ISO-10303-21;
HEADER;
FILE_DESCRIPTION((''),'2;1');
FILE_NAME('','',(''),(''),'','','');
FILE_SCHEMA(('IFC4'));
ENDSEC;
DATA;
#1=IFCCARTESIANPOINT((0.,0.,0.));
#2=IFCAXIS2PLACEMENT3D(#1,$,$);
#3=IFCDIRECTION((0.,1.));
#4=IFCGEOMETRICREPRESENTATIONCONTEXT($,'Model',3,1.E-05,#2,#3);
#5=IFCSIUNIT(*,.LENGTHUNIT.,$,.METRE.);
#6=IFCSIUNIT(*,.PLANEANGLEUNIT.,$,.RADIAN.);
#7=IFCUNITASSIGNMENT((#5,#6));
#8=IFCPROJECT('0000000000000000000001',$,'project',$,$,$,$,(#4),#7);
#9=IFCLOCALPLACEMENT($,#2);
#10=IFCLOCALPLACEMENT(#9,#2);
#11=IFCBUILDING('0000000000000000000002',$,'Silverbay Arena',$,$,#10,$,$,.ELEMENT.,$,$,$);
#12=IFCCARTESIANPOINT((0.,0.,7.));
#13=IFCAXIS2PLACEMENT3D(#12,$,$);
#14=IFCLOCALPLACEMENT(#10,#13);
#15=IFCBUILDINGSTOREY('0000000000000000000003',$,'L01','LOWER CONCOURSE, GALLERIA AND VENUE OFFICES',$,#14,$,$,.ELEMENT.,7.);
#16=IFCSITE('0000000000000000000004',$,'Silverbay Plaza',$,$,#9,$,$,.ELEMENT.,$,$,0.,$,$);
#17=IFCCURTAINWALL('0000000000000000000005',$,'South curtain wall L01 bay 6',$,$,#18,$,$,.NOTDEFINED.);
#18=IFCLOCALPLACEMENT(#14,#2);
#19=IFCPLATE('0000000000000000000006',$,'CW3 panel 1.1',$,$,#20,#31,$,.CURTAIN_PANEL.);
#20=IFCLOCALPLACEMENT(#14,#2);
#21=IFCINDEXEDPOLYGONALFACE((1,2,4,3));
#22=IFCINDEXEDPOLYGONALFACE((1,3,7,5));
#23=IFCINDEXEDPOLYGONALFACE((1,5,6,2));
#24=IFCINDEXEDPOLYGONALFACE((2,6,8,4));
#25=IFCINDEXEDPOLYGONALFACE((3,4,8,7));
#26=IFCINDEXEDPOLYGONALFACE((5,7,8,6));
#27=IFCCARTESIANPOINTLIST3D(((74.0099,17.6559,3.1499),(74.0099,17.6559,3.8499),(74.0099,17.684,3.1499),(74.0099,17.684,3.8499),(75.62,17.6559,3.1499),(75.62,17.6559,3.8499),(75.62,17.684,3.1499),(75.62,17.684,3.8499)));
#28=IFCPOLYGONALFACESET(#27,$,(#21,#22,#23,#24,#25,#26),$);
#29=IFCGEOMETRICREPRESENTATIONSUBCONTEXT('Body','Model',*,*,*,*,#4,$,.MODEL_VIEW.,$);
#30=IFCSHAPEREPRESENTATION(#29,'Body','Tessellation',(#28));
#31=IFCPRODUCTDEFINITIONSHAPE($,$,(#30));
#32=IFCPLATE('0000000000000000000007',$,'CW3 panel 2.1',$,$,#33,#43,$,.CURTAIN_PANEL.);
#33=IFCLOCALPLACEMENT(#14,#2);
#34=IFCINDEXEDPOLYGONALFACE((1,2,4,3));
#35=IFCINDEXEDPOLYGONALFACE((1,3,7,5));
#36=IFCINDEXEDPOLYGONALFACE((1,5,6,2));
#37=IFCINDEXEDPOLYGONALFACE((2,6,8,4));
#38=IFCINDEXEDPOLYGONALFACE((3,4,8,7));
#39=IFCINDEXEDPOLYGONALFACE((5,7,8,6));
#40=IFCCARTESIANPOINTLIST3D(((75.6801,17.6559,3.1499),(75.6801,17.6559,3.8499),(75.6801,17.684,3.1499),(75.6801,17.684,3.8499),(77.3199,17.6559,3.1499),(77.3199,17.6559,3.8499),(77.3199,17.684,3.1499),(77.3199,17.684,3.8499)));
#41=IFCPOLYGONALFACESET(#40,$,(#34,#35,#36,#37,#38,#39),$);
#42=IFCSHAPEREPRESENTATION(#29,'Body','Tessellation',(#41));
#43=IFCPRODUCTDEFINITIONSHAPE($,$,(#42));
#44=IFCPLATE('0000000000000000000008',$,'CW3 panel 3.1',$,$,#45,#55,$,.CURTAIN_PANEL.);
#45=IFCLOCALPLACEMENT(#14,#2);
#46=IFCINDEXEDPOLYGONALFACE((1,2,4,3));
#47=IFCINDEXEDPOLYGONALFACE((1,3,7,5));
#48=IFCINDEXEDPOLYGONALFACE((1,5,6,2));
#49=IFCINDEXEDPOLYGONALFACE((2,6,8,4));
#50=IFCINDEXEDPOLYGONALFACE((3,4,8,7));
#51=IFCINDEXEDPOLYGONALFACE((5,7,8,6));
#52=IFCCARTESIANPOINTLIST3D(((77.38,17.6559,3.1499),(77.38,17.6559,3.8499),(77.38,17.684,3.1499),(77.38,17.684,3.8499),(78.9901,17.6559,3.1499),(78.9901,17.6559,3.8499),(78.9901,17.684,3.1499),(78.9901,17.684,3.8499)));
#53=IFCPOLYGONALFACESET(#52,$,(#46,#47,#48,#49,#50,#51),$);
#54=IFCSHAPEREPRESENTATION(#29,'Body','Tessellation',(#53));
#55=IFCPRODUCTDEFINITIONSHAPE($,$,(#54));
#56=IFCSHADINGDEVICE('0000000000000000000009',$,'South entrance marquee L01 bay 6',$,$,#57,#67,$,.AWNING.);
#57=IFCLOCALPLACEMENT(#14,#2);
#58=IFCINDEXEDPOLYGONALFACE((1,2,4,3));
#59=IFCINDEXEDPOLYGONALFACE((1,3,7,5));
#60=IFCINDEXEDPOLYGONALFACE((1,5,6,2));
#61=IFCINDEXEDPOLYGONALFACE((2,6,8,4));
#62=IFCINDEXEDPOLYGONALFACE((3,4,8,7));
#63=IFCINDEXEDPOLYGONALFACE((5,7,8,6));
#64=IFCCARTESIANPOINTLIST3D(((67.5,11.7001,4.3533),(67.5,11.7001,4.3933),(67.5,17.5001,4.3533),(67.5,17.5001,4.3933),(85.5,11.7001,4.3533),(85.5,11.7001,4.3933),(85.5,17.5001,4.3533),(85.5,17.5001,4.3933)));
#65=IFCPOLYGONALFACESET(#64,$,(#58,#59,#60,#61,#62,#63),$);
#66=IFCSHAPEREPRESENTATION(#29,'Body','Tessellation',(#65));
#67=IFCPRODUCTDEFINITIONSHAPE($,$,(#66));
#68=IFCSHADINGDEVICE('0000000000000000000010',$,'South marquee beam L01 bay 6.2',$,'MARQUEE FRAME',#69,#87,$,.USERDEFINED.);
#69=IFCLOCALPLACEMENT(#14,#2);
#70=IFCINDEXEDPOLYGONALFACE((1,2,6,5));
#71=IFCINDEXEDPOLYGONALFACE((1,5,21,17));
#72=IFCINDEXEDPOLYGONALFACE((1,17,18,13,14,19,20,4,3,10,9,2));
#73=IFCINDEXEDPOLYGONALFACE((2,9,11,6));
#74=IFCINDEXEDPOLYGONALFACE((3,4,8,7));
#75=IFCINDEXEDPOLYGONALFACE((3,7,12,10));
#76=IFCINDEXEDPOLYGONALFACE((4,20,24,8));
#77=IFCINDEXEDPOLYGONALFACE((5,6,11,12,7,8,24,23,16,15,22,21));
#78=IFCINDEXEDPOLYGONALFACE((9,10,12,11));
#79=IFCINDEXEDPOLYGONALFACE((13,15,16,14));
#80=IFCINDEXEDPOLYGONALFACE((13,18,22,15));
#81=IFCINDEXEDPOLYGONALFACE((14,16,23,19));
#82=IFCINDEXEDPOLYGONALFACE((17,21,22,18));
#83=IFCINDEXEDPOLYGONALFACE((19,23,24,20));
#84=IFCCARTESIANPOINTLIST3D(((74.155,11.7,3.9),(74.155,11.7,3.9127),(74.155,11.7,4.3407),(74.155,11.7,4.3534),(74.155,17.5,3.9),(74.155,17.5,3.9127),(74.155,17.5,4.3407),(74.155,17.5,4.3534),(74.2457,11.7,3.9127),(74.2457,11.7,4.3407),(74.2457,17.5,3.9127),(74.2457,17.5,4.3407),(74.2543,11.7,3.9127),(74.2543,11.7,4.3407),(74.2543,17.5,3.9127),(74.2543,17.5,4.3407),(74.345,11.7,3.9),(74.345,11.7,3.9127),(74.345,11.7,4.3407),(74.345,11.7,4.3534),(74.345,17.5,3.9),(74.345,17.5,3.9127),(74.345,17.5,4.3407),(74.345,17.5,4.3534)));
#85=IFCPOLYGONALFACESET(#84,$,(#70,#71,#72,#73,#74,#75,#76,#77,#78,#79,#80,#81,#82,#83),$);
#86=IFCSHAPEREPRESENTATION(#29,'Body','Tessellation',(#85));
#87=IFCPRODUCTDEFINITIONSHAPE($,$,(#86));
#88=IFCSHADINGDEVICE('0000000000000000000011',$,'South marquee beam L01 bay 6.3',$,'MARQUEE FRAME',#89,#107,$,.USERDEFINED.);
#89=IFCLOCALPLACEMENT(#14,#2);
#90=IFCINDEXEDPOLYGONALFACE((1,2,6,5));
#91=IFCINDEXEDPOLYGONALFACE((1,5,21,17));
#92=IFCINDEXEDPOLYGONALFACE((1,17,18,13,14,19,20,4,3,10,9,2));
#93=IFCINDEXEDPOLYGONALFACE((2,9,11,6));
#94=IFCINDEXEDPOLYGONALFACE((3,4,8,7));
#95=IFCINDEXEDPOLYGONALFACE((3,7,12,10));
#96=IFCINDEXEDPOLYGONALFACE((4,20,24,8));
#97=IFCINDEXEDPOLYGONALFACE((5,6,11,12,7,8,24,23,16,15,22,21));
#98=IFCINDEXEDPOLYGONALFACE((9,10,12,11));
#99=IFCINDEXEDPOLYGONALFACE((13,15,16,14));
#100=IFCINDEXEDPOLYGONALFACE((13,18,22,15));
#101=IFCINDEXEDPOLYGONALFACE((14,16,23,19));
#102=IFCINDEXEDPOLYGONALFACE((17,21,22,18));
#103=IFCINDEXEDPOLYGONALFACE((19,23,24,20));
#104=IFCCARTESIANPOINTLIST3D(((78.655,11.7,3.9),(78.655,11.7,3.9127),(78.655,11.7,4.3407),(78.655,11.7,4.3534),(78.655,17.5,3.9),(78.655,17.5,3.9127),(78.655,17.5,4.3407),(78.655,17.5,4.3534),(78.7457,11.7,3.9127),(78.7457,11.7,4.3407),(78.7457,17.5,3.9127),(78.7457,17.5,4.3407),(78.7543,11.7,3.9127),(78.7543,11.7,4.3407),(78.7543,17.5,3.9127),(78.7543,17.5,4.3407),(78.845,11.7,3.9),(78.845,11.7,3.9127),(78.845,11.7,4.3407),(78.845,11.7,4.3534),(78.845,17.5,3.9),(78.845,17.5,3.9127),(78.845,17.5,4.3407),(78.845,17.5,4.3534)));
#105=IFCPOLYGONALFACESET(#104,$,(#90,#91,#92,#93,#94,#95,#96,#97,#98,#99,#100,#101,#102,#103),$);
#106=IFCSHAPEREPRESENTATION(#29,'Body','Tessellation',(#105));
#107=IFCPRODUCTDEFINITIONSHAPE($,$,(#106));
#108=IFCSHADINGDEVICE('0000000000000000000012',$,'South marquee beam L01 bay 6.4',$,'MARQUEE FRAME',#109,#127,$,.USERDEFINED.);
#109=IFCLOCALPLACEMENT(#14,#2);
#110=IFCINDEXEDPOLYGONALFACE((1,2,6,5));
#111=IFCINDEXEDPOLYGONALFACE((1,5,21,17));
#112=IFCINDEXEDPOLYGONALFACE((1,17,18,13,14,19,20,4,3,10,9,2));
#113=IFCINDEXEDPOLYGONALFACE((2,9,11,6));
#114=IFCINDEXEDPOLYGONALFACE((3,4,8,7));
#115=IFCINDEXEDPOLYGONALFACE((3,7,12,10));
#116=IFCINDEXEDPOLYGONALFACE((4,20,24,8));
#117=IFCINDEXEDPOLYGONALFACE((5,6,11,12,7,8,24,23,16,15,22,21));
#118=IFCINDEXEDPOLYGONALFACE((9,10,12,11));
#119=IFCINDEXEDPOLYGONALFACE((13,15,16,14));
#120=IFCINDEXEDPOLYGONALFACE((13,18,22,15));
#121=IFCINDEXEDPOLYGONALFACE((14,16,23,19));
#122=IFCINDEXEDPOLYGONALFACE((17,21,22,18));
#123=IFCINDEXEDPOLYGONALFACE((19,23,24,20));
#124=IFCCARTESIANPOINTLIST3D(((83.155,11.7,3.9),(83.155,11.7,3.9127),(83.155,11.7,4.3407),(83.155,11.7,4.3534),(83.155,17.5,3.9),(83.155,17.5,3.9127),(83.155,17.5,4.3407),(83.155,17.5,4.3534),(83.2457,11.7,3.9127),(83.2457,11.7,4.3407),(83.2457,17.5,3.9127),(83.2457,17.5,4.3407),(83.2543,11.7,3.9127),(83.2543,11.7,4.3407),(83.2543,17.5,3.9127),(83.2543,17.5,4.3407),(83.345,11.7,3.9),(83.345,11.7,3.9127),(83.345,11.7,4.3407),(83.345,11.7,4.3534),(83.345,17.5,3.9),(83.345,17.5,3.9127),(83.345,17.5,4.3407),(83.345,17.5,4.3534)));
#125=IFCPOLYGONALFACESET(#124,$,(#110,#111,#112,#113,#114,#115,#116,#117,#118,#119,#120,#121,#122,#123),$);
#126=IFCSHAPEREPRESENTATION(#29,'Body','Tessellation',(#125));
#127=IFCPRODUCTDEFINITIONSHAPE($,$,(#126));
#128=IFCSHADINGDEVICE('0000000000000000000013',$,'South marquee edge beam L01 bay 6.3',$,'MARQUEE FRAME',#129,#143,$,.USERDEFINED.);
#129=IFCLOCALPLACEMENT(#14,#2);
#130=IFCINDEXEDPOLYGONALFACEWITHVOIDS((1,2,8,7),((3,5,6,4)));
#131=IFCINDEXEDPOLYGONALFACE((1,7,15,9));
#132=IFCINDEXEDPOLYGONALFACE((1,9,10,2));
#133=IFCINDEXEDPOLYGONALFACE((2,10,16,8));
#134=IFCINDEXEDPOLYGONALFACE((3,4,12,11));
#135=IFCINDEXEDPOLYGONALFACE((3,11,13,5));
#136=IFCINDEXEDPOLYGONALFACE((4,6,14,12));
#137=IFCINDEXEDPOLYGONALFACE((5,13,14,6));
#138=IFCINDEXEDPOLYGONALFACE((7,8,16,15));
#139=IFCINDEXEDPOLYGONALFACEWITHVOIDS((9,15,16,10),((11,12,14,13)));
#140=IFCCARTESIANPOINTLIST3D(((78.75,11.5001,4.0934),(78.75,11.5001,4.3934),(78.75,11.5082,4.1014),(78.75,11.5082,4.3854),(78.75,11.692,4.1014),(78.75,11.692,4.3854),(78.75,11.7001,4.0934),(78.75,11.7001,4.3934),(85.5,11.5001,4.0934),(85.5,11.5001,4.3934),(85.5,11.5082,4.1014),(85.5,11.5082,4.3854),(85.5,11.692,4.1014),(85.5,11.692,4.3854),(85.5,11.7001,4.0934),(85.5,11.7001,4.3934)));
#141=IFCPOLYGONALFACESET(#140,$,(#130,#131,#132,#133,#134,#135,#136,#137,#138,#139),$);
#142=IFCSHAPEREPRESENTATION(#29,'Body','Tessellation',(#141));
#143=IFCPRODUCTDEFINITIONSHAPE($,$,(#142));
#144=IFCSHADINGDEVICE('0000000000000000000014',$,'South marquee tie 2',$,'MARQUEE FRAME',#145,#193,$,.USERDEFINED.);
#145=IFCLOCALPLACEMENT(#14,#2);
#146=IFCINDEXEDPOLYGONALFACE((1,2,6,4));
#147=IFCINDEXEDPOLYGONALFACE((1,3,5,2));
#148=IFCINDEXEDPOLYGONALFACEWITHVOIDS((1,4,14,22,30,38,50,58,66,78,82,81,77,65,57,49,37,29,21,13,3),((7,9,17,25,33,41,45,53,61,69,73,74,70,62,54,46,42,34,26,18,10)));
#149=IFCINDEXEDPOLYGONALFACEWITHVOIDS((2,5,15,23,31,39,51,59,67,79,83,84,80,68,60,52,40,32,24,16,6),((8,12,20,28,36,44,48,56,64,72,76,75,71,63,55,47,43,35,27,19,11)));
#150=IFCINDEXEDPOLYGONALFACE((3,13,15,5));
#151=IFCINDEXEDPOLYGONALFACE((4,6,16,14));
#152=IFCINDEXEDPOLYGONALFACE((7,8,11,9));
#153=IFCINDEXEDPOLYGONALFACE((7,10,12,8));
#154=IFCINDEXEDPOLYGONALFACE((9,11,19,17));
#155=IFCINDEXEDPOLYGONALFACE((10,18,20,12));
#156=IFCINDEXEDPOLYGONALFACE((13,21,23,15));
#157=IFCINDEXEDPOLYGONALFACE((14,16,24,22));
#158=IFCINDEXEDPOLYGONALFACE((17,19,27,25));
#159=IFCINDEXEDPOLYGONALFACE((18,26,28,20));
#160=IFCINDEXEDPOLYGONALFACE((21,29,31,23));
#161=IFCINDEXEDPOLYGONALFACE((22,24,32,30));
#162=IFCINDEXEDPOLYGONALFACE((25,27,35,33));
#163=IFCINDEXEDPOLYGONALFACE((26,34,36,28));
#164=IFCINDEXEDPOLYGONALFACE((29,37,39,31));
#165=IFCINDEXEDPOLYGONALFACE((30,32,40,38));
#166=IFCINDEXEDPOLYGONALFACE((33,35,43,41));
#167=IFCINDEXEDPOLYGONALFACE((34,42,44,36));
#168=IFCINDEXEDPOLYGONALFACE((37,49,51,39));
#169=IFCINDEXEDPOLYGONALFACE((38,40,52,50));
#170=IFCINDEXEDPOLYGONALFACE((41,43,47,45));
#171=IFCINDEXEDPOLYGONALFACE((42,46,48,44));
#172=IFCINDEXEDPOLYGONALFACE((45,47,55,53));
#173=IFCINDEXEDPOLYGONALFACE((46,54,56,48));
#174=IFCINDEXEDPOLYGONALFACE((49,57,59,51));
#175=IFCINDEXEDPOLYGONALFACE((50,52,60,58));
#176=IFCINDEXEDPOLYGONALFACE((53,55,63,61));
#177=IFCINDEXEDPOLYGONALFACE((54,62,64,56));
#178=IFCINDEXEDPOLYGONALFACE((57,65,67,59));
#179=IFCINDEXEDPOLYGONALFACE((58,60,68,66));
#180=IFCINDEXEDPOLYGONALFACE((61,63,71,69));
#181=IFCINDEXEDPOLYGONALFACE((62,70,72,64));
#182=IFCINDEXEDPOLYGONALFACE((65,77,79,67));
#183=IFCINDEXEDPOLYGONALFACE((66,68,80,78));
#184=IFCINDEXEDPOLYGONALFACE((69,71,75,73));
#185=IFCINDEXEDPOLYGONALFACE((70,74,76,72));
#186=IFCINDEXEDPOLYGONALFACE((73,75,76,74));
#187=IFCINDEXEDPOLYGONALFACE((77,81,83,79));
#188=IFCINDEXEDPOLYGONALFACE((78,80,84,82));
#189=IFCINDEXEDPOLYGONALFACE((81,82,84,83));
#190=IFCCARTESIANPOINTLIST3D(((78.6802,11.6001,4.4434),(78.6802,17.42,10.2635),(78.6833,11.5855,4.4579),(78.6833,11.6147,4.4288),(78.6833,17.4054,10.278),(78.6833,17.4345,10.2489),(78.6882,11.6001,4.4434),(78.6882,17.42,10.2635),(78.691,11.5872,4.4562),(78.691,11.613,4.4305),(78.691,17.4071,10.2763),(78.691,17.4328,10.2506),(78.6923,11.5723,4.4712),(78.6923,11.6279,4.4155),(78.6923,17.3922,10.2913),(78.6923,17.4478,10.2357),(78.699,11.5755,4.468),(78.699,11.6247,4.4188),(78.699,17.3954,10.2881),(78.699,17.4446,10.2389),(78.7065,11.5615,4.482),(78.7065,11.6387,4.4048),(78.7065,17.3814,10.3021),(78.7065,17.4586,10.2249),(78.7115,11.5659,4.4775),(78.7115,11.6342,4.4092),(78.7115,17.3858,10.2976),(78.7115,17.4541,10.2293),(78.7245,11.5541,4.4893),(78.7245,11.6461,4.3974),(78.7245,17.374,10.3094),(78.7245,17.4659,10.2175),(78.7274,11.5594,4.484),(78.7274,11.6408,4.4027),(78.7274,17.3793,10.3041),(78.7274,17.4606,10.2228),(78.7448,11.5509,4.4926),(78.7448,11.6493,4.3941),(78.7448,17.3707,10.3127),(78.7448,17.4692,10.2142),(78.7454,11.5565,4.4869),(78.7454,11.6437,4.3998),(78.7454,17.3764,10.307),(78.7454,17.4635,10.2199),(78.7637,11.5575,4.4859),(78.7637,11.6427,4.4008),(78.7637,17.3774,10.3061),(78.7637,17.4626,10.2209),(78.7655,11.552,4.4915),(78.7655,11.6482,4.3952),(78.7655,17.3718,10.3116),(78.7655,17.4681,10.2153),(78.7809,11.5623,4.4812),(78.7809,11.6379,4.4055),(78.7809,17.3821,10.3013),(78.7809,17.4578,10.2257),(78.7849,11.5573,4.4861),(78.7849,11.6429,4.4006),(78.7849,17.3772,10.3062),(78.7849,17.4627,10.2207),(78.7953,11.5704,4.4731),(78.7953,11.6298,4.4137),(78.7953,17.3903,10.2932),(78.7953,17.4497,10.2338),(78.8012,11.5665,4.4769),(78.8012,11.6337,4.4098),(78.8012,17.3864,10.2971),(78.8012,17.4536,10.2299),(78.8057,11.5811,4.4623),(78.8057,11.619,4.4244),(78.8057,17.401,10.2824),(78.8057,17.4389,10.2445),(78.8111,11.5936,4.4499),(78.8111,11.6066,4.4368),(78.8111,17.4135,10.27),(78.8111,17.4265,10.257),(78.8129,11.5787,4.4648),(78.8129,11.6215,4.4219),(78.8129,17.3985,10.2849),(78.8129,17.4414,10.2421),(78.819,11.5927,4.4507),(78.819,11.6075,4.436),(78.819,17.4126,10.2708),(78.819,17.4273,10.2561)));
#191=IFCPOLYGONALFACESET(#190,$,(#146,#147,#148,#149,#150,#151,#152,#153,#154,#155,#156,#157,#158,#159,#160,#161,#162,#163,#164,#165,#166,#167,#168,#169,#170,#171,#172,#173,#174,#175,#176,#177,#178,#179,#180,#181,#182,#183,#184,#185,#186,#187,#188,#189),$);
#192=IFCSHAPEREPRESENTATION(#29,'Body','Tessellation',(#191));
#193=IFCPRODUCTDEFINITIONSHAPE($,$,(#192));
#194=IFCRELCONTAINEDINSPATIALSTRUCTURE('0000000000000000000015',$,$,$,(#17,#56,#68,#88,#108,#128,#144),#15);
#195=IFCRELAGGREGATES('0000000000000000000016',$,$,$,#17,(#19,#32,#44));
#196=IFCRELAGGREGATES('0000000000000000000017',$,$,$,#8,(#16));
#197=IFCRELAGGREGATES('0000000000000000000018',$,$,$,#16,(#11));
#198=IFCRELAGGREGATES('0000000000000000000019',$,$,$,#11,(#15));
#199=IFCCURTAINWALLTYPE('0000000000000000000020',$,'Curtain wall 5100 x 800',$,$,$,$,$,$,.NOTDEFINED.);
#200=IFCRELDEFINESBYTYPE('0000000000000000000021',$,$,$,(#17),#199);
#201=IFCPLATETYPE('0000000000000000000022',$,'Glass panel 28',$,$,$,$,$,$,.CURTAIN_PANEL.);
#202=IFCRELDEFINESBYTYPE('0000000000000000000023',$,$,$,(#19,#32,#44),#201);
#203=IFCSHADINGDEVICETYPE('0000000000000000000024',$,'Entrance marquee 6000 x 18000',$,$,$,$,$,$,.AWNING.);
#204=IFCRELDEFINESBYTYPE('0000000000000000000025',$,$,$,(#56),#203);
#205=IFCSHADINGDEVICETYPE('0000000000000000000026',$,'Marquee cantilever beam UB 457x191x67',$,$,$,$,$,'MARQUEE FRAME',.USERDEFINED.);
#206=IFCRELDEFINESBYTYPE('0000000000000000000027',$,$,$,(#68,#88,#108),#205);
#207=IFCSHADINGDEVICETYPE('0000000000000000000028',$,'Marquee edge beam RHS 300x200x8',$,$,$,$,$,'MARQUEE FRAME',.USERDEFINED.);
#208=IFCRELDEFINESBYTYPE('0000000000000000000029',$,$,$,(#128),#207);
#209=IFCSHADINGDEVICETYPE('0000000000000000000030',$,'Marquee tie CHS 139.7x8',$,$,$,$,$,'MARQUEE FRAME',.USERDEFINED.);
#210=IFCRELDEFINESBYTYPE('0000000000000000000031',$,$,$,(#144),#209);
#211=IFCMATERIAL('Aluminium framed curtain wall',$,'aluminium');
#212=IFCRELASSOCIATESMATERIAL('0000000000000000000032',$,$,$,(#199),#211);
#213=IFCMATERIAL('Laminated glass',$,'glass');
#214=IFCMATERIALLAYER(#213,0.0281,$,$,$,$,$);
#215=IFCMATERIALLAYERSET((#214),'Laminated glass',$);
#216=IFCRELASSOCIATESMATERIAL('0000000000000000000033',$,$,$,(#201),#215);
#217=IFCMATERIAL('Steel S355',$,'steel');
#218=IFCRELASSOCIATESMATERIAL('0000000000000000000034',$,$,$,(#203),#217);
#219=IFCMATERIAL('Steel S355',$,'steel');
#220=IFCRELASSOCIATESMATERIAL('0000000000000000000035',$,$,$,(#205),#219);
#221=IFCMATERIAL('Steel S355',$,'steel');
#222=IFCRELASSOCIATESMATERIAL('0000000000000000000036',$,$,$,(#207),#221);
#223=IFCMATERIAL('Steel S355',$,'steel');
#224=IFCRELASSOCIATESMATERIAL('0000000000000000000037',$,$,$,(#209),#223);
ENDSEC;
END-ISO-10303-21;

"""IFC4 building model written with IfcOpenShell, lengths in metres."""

from ifc_helpers import new_model, si_unit, direction, frame, origin, origin_2d, place, context, subcontext, project, spatial, rectangle, hollow_rectangle, hollow_circle, i_section, extrude, material, layer, layer_set, material_profile, profile_set, type_object, element, aggregate, save


model = new_model("IFC4")

# Units and contexts
model_context = context("Model", 3, precision=1e-05, world=origin(), true_north=direction((0.0, 1.0)))
body_context = subcontext(model_context, "Body", "Model", "MODEL_VIEW")
ifc_project = project(units=[si_unit("LENGTHUNIT", "METRE"), si_unit("PLANEANGLEUNIT", "RADIAN")], contexts=[model_context])

# Site, building, storey
site_placement = place(None, origin())
site = spatial("IfcSite", under=ifc_project, at=site_placement, Name="Silverbay Plaza", CompositionType="ELEMENT", RefElevation=0.0)
building_placement = place(site_placement, origin())
building = spatial("IfcBuilding", under=site, at=building_placement, Name="Silverbay Arena", CompositionType="ELEMENT")
storey_placement = place(building_placement, frame((0.0, 0.0, 7.0)))
storey = spatial("IfcBuildingStorey", under=building, at=storey_placement, Name="L01", Description="LOWER CONCOURSE, GALLERIA AND VENUE OFFICES", CompositionType="ELEMENT", Elevation=7.0)

# Curtain wall
ifc_material_1 = material(Name="Aluminium framed curtain wall", Category="aluminium")
curtain_wall_type_1 = type_object("IfcCurtainWallType", Name="Curtain wall 5100 x 800", PredefinedType="NOTDEFINED", material=ifc_material_1)
curtain_wall_1_placement = place(storey_placement, origin())
curtain_wall_1 = element("IfcCurtainWall", 1, at=curtain_wall_1_placement, inside=storey, type_object=curtain_wall_type_1, Name="South curtain wall L01 bay 6", PredefinedType="NOTDEFINED")

# Plates
ifc_material_2 = material(Name="Laminated glass", Category="glass")
ifc_layer = layer(ifc_material_2, 0.0281)
ifc_layer_set = layer_set([ifc_layer], Name="Laminated glass")
plate_type = type_object("IfcPlateType", Name="Glass panel 28", PredefinedType="CURTAIN_PANEL", material=ifc_layer_set)
plate_1_placement = place(storey_placement, frame((74.8149, 17.6699, 3.1499), z_axis=(0.0, 0.0, 1.0), x_axis=(1.0, 0.0, 0.0)))
plate_1 = element("IfcPlate", 2, at=plate_1_placement, type_object=plate_type, Name="CW3 panel 1.1", PredefinedType="CURTAIN_PANEL", context=body_context, shape_type="SweptSolid", body=[
    extrude(rectangle(XDim=1.6101, YDim=0.0281, at=origin_2d()), origin(), (0.0, 0.0, 1.0), 0.7),
])
plate_2_placement = place(storey_placement, frame((76.5, 17.6699, 3.1499), z_axis=(0.0, 0.0, 1.0), x_axis=(1.0, 0.0, 0.0)))
plate_2 = element("IfcPlate", 3, at=plate_2_placement, type_object=plate_type, Name="CW3 panel 2.1", PredefinedType="CURTAIN_PANEL", context=body_context, shape_type="SweptSolid", body=[
    extrude(rectangle(XDim=1.6399, YDim=0.0281, at=origin_2d()), origin(), (0.0, 0.0, 1.0), 0.7),
])
plate_3_placement = place(storey_placement, frame((78.1851, 17.6699, 3.1499), z_axis=(0.0, 0.0, 1.0), x_axis=(1.0, 0.0, 0.0)))
plate_3 = element("IfcPlate", 4, at=plate_3_placement, type_object=plate_type, Name="CW3 panel 3.1", PredefinedType="CURTAIN_PANEL", context=body_context, shape_type="SweptSolid", body=[
    extrude(rectangle(XDim=1.6101, YDim=0.0281, at=origin_2d()), origin(), (0.0, 0.0, 1.0), 0.7),
])
aggregate(curtain_wall_1, [plate_1, plate_2, plate_3])

# Shading devices
ifc_material_3 = material(Name="Steel S355", Category="steel")
shading_device_type_1 = type_object("IfcShadingDeviceType", Name="Entrance marquee 6000 x 18000", PredefinedType="AWNING", material=ifc_material_3)
shading_device_1_placement = place(storey_placement, frame((76.5, 14.6001, 4.3533), z_axis=(0.0, 0.0, 1.0), x_axis=(1.0, 0.0, 0.0)))
element("IfcShadingDevice", 5, at=shading_device_1_placement, inside=storey, type_object=shading_device_type_1, Name="South entrance marquee L01 bay 6", PredefinedType="AWNING", context=body_context, shape_type="SweptSolid", body=[
    extrude(rectangle(XDim=18.0, YDim=5.8, at=origin_2d()), origin(), (0.0, 0.0, 1.0), 0.04),
])
ifc_material_4 = material(Name="Steel S355", Category="steel")
ifc_material_profile_1 = material_profile(ifc_material_4, i_section(OverallWidth=0.1899, OverallDepth=0.4534, WebThickness=0.0085, FlangeThickness=0.0127, at=origin_2d()), Name="UB 457x191x67")
ifc_profile_set_1 = profile_set([ifc_material_profile_1], Name="Steel S355")
shading_device_type_2 = type_object("IfcShadingDeviceType", Name="Marquee cantilever beam UB 457x191x67", ElementType="MARQUEE FRAME", PredefinedType="USERDEFINED", material=ifc_profile_set_1)
for number, where, z_axis, x_axis, name in (
    (6, (74.25, 17.5, 4.1267), (0.0, -1.0, 0.0), (1.0, 0.0, 0.0), "South marquee beam L01 bay 6.2"),
    (7, (78.75, 17.5, 4.1267), (0.0, -1.0, 0.0), (1.0, 0.0, 0.0), "South marquee beam L01 bay 6.3"),
    (8, (83.25, 17.5, 4.1267), (0.0, -1.0, 0.0), (1.0, 0.0, 0.0), "South marquee beam L01 bay 6.4"),
):
    element("IfcShadingDevice", number, at=place(storey_placement, frame(where, z_axis=z_axis, x_axis=x_axis)), inside=storey, type_object=shading_device_type_2, Name=name, ObjectType="MARQUEE FRAME", PredefinedType="USERDEFINED", context=body_context, shape_type="SweptSolid", body=[
        extrude(i_section(OverallWidth=0.1899, OverallDepth=0.4534, WebThickness=0.0085, FlangeThickness=0.0127, at=origin_2d()), origin(), (0.0, 0.0, 1.0), 5.8),
    ])
ifc_material_5 = material(Name="Steel S355", Category="steel")
ifc_material_profile_2 = material_profile(ifc_material_5, hollow_rectangle(XDim=0.2, YDim=0.3, WallThickness=0.0081, at=origin_2d()), Name="RHS 300x200x8")
ifc_profile_set_2 = profile_set([ifc_material_profile_2], Name="Steel S355")
shading_device_type_3 = type_object("IfcShadingDeviceType", Name="Marquee edge beam RHS 300x200x8", ElementType="MARQUEE FRAME", PredefinedType="USERDEFINED", material=ifc_profile_set_2)
shading_device_2_placement = place(storey_placement, frame((78.75, 11.6001, 4.2434), z_axis=(1.0, 0.0, 0.0), x_axis=(0.0, 1.0, 0.0)))
element("IfcShadingDevice", 9, at=shading_device_2_placement, inside=storey, type_object=shading_device_type_3, Name="South marquee edge beam L01 bay 6.3", ObjectType="MARQUEE FRAME", PredefinedType="USERDEFINED", context=body_context, shape_type="SweptSolid", body=[
    extrude(hollow_rectangle(XDim=0.2, YDim=0.3, WallThickness=0.0081, at=origin_2d()), origin(), (0.0, 0.0, 1.0), 6.75),
])
ifc_material_6 = material(Name="Steel S355", Category="steel")
ifc_material_profile_3 = material_profile(ifc_material_6, hollow_circle(Radius=0.0698, WallThickness=0.0081, at=origin_2d()), Name="CHS 139.7x8")
ifc_profile_set_3 = profile_set([ifc_material_profile_3], Name="Steel S355")
shading_device_type_4 = type_object("IfcShadingDeviceType", Name="Marquee tie CHS 139.7x8", ElementType="MARQUEE FRAME", PredefinedType="USERDEFINED", material=ifc_profile_set_3)
shading_device_3_placement = place(storey_placement, frame((78.75, 11.6001, 4.4434), z_axis=(0.0, 0.707092, 0.707122), x_axis=(-1.0, 0.0, 0.0)))
element("IfcShadingDevice", 10, at=shading_device_3_placement, inside=storey, type_object=shading_device_type_4, Name="South marquee tie 2", ObjectType="MARQUEE FRAME", PredefinedType="USERDEFINED", context=body_context, shape_type="SweptSolid", body=[
    extrude(hollow_circle(Radius=0.0698, WallThickness=0.0081, at=origin_2d()), origin(), (0.0, 0.0, 1.0), 8.2307),
])

save(model, "model.ifc")
